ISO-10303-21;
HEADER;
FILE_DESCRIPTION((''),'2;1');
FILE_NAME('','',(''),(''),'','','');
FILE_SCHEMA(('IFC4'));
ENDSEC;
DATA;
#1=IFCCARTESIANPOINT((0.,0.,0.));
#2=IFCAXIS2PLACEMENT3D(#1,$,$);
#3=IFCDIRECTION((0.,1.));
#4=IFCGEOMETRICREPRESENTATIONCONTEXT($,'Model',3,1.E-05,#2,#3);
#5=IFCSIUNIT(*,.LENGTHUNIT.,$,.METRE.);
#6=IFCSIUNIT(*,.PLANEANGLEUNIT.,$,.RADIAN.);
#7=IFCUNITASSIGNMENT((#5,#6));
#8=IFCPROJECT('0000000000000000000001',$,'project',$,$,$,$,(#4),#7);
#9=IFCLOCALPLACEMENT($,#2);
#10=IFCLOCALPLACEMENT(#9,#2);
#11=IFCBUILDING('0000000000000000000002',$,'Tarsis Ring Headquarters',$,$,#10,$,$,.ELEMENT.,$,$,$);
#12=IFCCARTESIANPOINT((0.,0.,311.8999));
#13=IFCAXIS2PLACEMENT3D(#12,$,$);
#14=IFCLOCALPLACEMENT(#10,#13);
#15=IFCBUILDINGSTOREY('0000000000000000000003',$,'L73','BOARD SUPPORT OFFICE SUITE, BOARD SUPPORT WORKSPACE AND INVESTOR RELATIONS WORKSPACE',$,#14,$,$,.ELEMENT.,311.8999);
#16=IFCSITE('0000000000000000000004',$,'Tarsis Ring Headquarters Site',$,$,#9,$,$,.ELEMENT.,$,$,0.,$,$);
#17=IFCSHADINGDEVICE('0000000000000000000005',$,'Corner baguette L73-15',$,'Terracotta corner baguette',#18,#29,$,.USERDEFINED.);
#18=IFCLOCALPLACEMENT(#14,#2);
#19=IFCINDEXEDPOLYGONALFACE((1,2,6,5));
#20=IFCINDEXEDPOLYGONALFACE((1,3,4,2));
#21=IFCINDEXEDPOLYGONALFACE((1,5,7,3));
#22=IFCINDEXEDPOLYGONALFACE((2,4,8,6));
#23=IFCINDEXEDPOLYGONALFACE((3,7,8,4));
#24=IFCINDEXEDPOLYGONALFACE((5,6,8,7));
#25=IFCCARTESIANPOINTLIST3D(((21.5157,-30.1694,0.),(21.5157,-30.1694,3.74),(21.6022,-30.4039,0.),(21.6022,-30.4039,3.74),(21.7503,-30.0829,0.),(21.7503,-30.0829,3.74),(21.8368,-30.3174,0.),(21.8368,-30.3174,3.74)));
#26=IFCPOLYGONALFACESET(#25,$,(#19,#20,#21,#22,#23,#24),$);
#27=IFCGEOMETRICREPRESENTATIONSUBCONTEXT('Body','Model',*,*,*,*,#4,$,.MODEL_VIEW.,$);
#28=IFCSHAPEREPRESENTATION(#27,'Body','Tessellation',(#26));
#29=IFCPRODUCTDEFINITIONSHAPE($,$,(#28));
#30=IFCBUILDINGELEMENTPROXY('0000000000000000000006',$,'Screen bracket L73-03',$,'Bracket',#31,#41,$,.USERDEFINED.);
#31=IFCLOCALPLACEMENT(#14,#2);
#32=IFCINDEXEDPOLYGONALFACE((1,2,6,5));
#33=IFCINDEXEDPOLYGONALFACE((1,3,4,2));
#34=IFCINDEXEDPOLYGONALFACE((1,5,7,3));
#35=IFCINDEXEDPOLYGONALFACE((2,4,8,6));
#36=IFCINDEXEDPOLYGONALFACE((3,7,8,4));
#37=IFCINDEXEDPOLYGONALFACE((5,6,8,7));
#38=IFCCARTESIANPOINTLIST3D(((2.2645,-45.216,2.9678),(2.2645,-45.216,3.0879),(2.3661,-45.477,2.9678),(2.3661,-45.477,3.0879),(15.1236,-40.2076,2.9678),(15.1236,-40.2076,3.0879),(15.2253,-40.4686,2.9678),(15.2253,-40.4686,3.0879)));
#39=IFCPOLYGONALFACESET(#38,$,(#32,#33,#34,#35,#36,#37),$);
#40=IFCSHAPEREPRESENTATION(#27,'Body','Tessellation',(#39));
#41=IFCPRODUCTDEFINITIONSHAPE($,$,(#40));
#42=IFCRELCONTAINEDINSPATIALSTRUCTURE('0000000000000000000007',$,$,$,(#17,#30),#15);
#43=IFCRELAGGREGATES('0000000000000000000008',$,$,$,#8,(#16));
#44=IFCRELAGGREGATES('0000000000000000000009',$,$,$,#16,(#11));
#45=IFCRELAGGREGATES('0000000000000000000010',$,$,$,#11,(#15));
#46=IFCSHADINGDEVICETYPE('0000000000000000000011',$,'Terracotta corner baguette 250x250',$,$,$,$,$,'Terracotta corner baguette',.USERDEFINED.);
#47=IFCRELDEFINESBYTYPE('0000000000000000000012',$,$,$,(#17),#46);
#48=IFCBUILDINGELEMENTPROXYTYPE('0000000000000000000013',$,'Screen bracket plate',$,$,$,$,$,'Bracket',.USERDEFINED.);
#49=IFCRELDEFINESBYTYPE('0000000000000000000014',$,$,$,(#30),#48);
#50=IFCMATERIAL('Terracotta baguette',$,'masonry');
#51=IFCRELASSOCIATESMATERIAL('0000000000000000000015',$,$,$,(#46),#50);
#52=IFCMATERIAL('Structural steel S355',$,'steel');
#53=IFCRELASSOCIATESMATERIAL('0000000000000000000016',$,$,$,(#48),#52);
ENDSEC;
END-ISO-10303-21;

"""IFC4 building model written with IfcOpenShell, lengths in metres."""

from ifc_helpers import new_model, si_unit, direction, frame, origin, origin_2d, place, context, subcontext, project, spatial, rectangle, extrude, material, type_object, element, save


model = new_model("IFC4")

# Units and contexts
model_context = context("Model", 3, precision=1e-05, world=origin(), true_north=direction((0.0, 1.0)))
body_context = subcontext(model_context, "Body", "Model", "MODEL_VIEW")
ifc_project = project(units=[si_unit("LENGTHUNIT", "METRE"), si_unit("PLANEANGLEUNIT", "RADIAN")], contexts=[model_context])

# Site, building, storey
site_placement = place(None, origin())
site = spatial("IfcSite", under=ifc_project, at=site_placement, Name="Tarsis Ring Headquarters Site", CompositionType="ELEMENT", RefElevation=0.0)
building_placement = place(site_placement, origin())
building = spatial("IfcBuilding", under=site, at=building_placement, Name="Tarsis Ring Headquarters", CompositionType="ELEMENT")
storey_placement = place(building_placement, frame((0.0, 0.0, 311.8999)))
storey = spatial("IfcBuildingStorey", under=building, at=storey_placement, Name="L73", Description="BOARD SUPPORT OFFICE SUITE, BOARD SUPPORT WORKSPACE AND INVESTOR RELATIONS WORKSPACE", CompositionType="ELEMENT", Elevation=311.8999)

# Shared definitions
ifc_material_1 = material(Name="Structural steel S355", Category="steel")

# Shading device
ifc_material_2 = material(Name="Terracotta baguette", Category="masonry")
shading_device_type_1 = type_object("IfcShadingDeviceType", Name="Terracotta corner baguette 250x250", ElementType="Terracotta corner baguette", PredefinedType="USERDEFINED", material=ifc_material_2)
for number, where, z_axis, x_axis, name in (
    (1, (21.6763, -30.2434, 0.0), (0.0, 0.0, 1.0), (-0.345953, 0.938252, 0.0), "Corner baguette L73-15"),
):
    element("IfcShadingDevice", number, at=place(storey_placement, frame(where, z_axis=z_axis, x_axis=x_axis)), inside=storey, type_object=shading_device_type_1, Name=name, ObjectType="Terracotta corner baguette", PredefinedType="USERDEFINED", context=body_context, shape_type="SweptSolid", body=[
        extrude(rectangle(XDim=0.25, YDim=0.25, at=origin_2d()), origin(), (0.0, 0.0, 1.0), 3.74),
    ])

# Building element proxy
building_element_proxy_type = type_object("IfcBuildingElementProxyType", Name="Screen bracket plate", ElementType="Bracket", PredefinedType="USERDEFINED", material=ifc_material_1)
proxy_placement = place(storey_placement, frame((8.7449, -42.8423, 2.9678), z_axis=(0.0, 0.0, 1.0), x_axis=(0.931818, 0.362926, 0.0)))
element("IfcBuildingElementProxy", 2, at=proxy_placement, inside=storey, type_object=building_element_proxy_type, Name="Screen bracket L73-03", ObjectType="Bracket", PredefinedType="USERDEFINED", context=body_context, shape_type="SweptSolid", body=[
    extrude(rectangle(XDim=13.8, YDim=0.28, at=origin_2d()), origin(), (0.0, 0.0, 1.0), 0.1201),
])

save(model, "model.ifc")
